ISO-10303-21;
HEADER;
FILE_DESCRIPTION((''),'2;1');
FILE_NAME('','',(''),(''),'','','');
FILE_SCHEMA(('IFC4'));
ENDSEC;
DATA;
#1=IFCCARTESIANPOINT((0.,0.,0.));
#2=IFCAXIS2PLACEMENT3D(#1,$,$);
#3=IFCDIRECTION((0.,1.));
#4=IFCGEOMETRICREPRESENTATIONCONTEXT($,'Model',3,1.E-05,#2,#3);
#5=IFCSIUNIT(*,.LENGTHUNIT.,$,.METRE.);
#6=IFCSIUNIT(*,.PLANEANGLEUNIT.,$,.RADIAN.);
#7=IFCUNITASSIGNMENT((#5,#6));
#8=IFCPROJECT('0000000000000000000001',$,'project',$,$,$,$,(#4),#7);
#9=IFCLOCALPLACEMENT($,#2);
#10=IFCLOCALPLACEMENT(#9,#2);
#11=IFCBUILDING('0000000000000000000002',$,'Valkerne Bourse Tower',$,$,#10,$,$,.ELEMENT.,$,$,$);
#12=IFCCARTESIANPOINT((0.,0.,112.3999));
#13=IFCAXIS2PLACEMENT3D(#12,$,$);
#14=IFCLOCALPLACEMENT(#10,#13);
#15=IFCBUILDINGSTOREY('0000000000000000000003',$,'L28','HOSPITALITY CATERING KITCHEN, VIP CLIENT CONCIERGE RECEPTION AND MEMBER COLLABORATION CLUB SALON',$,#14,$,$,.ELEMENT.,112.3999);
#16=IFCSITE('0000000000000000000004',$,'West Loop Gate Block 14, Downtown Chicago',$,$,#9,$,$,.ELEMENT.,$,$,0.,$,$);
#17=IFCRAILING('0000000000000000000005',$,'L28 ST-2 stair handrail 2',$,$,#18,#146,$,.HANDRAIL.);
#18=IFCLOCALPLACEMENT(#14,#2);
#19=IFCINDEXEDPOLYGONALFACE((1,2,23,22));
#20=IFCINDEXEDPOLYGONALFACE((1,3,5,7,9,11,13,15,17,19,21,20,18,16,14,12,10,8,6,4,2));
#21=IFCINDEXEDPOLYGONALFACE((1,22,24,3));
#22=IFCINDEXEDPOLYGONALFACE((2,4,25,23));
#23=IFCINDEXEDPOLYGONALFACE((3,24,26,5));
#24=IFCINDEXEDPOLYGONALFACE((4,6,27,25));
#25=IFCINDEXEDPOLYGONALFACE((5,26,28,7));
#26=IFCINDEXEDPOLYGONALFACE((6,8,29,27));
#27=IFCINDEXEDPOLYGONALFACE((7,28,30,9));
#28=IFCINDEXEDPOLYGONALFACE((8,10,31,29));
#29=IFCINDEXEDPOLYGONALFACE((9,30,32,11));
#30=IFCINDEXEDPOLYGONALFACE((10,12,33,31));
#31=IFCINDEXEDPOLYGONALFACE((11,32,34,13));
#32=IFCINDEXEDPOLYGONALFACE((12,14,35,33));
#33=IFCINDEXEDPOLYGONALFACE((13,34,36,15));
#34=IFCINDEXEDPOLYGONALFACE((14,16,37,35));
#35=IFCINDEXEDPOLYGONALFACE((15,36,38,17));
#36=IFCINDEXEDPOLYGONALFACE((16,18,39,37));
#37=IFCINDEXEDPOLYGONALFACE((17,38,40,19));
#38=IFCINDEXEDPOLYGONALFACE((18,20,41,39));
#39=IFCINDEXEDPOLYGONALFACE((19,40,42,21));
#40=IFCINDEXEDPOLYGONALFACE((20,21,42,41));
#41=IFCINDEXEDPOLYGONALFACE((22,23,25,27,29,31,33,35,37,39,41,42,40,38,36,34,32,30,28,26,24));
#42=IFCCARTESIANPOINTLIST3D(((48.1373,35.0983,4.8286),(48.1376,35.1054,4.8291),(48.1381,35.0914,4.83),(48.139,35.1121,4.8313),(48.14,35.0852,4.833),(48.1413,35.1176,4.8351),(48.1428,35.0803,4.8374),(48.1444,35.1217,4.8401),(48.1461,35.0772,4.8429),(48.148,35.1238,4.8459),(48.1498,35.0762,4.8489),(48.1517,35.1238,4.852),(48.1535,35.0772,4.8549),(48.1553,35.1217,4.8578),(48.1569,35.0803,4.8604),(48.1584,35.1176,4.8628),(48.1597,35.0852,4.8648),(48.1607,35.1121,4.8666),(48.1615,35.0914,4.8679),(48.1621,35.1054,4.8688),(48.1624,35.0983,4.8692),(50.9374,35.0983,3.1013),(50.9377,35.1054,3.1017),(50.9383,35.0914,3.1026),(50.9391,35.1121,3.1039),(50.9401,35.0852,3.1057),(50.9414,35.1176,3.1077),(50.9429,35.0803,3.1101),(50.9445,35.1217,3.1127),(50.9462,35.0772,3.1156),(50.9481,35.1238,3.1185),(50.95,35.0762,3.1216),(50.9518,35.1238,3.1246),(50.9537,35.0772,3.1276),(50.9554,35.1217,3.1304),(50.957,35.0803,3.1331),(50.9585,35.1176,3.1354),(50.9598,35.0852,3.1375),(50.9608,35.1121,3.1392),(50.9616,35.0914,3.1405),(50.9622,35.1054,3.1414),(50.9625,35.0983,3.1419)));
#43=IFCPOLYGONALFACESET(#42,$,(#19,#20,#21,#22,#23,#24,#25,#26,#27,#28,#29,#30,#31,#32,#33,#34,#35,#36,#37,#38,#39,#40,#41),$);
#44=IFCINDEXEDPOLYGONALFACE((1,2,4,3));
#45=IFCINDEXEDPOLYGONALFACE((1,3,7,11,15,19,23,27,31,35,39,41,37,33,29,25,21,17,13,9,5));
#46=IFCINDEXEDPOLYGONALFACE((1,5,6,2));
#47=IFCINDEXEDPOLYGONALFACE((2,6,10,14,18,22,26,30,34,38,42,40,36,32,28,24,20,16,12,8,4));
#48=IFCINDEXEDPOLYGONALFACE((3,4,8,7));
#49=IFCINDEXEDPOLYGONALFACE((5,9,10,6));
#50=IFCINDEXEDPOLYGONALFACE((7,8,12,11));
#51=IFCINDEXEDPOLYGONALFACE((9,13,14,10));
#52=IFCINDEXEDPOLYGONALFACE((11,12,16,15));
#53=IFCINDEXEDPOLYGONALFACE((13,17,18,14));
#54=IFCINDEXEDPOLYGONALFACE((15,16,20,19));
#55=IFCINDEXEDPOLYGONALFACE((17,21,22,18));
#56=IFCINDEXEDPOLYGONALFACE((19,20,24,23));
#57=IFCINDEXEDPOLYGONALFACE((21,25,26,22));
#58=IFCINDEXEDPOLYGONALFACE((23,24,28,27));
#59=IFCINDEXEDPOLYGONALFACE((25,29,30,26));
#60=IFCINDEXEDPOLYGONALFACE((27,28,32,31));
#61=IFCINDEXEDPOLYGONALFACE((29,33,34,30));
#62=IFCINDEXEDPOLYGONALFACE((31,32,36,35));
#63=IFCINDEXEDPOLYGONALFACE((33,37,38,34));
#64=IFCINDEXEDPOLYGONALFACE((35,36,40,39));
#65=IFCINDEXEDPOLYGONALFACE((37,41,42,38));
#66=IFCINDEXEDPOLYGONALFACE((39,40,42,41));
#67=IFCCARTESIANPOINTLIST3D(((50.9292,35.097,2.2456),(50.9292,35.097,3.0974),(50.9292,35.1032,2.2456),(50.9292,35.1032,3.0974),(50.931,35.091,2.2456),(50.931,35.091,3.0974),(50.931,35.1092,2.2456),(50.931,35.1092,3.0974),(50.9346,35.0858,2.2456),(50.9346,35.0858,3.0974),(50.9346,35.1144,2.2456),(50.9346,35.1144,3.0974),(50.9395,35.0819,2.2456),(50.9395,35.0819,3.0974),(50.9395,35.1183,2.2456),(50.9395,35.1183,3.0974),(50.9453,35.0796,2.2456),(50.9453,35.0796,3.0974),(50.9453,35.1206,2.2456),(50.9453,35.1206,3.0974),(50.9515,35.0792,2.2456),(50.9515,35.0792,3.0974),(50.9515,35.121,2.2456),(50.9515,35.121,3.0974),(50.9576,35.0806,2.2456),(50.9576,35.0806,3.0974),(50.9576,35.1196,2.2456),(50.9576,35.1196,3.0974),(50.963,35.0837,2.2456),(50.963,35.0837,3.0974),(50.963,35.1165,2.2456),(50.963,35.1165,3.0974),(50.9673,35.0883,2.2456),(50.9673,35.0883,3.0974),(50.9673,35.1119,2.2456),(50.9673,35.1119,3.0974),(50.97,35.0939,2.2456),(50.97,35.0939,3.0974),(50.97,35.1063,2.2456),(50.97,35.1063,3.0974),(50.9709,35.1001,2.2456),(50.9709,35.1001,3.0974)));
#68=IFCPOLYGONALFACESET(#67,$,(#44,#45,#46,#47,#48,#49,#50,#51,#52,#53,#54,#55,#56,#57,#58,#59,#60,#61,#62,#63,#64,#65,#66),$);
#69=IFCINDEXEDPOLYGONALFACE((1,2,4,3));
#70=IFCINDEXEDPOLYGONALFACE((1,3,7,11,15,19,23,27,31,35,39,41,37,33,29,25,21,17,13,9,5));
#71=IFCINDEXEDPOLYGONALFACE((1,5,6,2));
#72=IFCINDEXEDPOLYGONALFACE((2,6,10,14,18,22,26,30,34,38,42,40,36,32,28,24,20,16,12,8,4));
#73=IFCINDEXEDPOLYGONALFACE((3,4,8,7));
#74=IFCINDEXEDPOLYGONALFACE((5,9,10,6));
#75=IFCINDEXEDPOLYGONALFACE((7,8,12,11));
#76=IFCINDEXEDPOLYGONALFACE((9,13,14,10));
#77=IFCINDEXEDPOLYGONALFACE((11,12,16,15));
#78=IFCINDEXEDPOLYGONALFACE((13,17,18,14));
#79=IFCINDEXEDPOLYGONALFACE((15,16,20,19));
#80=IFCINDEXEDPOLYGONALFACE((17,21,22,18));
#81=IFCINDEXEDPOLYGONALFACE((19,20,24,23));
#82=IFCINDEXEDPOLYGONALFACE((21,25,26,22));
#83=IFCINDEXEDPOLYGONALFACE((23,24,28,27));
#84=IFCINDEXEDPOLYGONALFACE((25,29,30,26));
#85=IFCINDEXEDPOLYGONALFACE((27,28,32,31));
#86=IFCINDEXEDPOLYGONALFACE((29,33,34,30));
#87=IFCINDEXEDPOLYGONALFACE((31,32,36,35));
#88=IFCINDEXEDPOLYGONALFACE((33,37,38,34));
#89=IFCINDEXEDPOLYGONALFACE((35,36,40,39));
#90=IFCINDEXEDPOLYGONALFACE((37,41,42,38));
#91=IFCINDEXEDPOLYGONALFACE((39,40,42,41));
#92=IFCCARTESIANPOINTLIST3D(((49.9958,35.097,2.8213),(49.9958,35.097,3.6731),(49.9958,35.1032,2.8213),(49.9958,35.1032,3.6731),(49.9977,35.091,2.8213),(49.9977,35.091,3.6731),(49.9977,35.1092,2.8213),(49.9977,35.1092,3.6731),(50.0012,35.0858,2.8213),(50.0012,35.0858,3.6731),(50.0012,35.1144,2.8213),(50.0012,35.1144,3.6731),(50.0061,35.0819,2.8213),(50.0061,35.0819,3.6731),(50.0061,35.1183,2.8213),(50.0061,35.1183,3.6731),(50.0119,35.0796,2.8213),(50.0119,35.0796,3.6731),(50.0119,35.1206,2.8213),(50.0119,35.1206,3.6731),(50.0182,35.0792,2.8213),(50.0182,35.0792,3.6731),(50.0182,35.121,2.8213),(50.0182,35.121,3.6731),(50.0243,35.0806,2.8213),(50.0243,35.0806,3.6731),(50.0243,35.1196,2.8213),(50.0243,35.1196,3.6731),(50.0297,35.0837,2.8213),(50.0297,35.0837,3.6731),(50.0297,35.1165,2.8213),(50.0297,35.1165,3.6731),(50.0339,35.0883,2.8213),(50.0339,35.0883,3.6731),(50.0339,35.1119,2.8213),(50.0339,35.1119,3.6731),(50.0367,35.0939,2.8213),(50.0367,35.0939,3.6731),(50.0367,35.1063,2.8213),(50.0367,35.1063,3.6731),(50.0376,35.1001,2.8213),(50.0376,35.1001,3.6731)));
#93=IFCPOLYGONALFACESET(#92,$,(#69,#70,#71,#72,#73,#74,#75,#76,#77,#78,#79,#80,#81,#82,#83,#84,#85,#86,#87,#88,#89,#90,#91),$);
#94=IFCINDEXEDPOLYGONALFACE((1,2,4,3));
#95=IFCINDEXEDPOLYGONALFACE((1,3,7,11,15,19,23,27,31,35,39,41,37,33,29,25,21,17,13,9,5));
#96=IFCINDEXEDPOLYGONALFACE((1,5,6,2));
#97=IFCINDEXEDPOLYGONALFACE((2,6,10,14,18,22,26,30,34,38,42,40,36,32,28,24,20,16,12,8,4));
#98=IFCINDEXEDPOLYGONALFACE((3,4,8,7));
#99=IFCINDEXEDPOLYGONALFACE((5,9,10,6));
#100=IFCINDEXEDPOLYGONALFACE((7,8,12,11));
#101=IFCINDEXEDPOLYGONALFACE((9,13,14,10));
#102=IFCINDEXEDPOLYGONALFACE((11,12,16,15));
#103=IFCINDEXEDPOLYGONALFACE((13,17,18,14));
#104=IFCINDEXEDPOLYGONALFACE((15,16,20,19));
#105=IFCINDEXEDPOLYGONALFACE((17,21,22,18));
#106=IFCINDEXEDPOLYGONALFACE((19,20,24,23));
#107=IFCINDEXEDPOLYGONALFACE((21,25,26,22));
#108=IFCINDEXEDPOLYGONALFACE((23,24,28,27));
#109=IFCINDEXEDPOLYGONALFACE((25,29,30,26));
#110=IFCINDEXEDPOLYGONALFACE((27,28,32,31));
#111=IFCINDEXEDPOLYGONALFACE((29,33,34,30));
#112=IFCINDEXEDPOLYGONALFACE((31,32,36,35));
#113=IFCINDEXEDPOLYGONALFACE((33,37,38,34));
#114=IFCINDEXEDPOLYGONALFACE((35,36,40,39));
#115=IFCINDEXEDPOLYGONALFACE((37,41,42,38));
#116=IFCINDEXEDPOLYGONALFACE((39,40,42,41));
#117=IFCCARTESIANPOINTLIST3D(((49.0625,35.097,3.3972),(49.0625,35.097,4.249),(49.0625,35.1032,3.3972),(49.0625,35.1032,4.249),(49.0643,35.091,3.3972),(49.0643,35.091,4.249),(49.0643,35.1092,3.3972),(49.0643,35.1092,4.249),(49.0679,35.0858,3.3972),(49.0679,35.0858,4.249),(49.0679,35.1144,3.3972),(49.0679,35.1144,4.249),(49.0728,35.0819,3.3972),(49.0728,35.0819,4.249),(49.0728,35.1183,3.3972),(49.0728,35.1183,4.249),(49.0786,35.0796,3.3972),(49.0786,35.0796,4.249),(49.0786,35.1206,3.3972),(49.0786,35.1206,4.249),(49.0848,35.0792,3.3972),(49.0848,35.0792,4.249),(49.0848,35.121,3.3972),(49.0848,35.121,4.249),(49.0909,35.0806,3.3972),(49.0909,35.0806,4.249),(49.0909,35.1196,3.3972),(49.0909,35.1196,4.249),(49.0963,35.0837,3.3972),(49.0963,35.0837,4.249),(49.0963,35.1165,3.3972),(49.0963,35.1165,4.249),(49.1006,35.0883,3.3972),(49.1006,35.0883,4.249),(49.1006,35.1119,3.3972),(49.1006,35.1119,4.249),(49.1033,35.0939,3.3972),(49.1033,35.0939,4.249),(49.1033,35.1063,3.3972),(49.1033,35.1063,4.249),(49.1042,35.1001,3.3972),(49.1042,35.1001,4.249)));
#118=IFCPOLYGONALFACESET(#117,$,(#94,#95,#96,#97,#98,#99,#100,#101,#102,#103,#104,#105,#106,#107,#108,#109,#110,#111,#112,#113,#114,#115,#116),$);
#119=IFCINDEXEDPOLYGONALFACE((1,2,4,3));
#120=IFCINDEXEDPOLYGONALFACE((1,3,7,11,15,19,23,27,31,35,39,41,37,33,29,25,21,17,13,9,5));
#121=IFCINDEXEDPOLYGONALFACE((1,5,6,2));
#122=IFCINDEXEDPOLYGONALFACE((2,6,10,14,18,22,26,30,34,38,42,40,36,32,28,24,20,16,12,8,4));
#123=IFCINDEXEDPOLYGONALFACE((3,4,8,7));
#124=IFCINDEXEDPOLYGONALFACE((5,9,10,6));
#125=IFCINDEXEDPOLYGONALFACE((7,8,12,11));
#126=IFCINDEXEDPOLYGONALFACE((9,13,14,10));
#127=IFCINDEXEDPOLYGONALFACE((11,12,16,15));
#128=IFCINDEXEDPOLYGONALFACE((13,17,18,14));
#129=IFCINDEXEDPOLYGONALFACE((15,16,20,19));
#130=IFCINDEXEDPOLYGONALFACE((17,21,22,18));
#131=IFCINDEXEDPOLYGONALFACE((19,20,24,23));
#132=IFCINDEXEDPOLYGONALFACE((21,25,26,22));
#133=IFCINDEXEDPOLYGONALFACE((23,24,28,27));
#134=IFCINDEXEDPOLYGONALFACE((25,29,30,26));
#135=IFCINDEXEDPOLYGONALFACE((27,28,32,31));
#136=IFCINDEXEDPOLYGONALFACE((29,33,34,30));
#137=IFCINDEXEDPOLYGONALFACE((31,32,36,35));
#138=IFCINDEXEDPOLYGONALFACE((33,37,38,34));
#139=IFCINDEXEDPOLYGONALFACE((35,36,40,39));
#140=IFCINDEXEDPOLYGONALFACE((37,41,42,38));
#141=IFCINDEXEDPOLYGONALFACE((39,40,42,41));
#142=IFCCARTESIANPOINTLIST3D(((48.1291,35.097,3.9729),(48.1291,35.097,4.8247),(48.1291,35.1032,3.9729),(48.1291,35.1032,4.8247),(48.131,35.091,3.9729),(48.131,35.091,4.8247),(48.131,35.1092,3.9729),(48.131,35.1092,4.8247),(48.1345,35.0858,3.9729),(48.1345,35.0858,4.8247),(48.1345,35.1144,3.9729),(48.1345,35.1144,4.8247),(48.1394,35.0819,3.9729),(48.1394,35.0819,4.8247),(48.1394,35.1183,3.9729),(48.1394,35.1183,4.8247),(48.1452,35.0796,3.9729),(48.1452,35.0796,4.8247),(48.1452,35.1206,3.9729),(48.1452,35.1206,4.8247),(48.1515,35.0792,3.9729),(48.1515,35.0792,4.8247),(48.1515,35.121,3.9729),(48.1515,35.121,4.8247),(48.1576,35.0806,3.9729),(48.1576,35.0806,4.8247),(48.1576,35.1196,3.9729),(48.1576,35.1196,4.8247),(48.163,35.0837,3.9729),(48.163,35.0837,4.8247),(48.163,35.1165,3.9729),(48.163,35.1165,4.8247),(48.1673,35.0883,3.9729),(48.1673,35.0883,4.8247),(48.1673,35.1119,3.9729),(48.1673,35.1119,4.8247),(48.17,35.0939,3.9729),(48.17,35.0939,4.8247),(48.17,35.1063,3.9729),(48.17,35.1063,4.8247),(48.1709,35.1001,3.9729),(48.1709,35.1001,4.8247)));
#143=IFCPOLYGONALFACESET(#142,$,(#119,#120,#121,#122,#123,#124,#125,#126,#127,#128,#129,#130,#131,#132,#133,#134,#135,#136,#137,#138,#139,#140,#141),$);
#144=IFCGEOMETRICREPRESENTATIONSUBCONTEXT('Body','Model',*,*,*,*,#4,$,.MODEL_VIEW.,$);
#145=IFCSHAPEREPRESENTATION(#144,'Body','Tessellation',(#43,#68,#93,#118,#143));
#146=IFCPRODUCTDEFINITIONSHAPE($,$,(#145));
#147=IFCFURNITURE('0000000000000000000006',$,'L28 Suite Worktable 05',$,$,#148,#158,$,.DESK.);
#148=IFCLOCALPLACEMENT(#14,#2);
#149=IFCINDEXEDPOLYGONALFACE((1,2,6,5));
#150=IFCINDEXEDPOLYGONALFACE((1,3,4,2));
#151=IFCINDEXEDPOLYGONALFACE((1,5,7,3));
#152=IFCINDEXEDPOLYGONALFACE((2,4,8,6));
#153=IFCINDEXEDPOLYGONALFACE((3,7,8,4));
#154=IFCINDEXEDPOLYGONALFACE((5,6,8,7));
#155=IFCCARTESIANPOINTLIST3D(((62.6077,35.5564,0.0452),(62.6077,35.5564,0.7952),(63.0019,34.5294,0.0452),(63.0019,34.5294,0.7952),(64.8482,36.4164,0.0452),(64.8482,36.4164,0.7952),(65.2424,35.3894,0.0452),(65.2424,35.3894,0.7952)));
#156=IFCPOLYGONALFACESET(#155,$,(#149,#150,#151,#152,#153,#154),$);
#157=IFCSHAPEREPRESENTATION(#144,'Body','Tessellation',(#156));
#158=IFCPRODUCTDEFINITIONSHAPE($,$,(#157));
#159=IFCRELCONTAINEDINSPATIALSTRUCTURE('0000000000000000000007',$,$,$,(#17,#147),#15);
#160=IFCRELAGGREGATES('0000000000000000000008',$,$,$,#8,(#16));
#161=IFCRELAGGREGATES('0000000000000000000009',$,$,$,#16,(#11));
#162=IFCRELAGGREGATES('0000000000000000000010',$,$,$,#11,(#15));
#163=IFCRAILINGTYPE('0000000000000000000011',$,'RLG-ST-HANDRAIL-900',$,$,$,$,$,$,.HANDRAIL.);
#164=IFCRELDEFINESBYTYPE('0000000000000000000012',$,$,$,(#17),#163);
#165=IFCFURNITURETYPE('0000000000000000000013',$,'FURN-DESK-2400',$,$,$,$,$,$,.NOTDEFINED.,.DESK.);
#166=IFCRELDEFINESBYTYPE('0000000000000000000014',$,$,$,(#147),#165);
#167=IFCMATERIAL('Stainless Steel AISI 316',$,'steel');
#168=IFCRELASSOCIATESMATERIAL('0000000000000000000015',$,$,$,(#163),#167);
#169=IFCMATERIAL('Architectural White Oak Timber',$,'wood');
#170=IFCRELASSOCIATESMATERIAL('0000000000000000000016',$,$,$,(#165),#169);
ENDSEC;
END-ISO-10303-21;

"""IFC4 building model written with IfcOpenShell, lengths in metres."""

from ifc_helpers import new_model, si_unit, direction, frame, origin, origin_2d, place, context, subcontext, project, spatial, rectangle, circle, extrude, material, type_object, element, save


model = new_model("IFC4")

# Units and contexts
model_context = context("Model", 3, precision=1e-05, world=origin(), true_north=direction((0.0, 1.0)))
body_context = subcontext(model_context, "Body", "Model", "MODEL_VIEW")
ifc_project = project(units=[si_unit("LENGTHUNIT", "METRE"), si_unit("PLANEANGLEUNIT", "RADIAN")], contexts=[model_context])

# Site, building, storey
site_placement = place(None, origin())
site = spatial("IfcSite", under=ifc_project, at=site_placement, Name="West Loop Gate Block 14, Downtown Chicago", CompositionType="ELEMENT", RefElevation=0.0)
building_placement = place(site_placement, origin())
building = spatial("IfcBuilding", under=site, at=building_placement, Name="Valkerne Bourse Tower", CompositionType="ELEMENT")
storey_placement = place(building_placement, frame((0.0, 0.0, 112.3999)))
storey = spatial("IfcBuildingStorey", under=building, at=storey_placement, Name="L28", Description="HOSPITALITY CATERING KITCHEN, VIP CLIENT CONCIERGE RECEPTION AND MEMBER COLLABORATION CLUB SALON", CompositionType="ELEMENT", Elevation=112.3999)

# Shared definitions
ifc_material_1 = material(Name="Architectural White Oak Timber", Category="wood")

# Railing
ifc_material_2 = material(Name="Stainless Steel AISI 316", Category="steel")
railing_type_1 = type_object("IfcRailingType", Name="RLG-ST-HANDRAIL-900", PredefinedType="HANDRAIL", material=ifc_material_2)
railing_1_placement = place(storey_placement, frame((50.95, 35.1001, 2.2456)))
element("IfcRailing", 1, at=railing_1_placement, inside=storey, type_object=railing_type_1, Name="L28 ST-2 stair handrail 2", PredefinedType="HANDRAIL", context=body_context, shape_type="SweptSolid", body=[
    extrude(circle(Radius=0.0239, at=origin_2d()), frame((0.0, 0.0, 0.876), z_axis=(-0.85109, 0.0, 0.52502), x_axis=(0.0, -1.0, 0.0)), (0.0, 0.0, 1.0), 3.29),
    extrude(circle(Radius=0.021, at=origin_2d()), origin(), (0.0, 0.0, 1.0), 0.8518),
    extrude(circle(Radius=0.021, at=origin_2d()), frame((-0.9333, 0.0, 0.5757)), (0.0, 0.0, 1.0), 0.8518),
    extrude(circle(Radius=0.021, at=origin_2d()), frame((-1.8667, 0.0, 1.1516)), (0.0, 0.0, 1.0), 0.8518),
    extrude(circle(Radius=0.021, at=origin_2d()), frame((-2.8, 0.0, 1.7273)), (0.0, 0.0, 1.0), 0.8518),
])

# Furniture
furniture_type = type_object("IfcFurnitureType", Name="FURN-DESK-2400", AssemblyPlace="NOTDEFINED", PredefinedType="DESK", material=ifc_material_1)
furniture_placement = place(storey_placement, frame((63.925, 35.4729, 0.0452), z_axis=(0.0, 0.0, 1.0), x_axis=(0.93358, 0.358368, 0.0)))
element("IfcFurniture", 2, at=furniture_placement, inside=storey, type_object=furniture_type, Name="L28 Suite Worktable 05", PredefinedType="DESK", context=body_context, shape_type="SweptSolid", body=[
    extrude(rectangle(XDim=2.3999, YDim=1.1001, at=origin_2d()), origin(), (0.0, 0.0, 1.0), 0.75),
])

save(model, "model.ifc")
